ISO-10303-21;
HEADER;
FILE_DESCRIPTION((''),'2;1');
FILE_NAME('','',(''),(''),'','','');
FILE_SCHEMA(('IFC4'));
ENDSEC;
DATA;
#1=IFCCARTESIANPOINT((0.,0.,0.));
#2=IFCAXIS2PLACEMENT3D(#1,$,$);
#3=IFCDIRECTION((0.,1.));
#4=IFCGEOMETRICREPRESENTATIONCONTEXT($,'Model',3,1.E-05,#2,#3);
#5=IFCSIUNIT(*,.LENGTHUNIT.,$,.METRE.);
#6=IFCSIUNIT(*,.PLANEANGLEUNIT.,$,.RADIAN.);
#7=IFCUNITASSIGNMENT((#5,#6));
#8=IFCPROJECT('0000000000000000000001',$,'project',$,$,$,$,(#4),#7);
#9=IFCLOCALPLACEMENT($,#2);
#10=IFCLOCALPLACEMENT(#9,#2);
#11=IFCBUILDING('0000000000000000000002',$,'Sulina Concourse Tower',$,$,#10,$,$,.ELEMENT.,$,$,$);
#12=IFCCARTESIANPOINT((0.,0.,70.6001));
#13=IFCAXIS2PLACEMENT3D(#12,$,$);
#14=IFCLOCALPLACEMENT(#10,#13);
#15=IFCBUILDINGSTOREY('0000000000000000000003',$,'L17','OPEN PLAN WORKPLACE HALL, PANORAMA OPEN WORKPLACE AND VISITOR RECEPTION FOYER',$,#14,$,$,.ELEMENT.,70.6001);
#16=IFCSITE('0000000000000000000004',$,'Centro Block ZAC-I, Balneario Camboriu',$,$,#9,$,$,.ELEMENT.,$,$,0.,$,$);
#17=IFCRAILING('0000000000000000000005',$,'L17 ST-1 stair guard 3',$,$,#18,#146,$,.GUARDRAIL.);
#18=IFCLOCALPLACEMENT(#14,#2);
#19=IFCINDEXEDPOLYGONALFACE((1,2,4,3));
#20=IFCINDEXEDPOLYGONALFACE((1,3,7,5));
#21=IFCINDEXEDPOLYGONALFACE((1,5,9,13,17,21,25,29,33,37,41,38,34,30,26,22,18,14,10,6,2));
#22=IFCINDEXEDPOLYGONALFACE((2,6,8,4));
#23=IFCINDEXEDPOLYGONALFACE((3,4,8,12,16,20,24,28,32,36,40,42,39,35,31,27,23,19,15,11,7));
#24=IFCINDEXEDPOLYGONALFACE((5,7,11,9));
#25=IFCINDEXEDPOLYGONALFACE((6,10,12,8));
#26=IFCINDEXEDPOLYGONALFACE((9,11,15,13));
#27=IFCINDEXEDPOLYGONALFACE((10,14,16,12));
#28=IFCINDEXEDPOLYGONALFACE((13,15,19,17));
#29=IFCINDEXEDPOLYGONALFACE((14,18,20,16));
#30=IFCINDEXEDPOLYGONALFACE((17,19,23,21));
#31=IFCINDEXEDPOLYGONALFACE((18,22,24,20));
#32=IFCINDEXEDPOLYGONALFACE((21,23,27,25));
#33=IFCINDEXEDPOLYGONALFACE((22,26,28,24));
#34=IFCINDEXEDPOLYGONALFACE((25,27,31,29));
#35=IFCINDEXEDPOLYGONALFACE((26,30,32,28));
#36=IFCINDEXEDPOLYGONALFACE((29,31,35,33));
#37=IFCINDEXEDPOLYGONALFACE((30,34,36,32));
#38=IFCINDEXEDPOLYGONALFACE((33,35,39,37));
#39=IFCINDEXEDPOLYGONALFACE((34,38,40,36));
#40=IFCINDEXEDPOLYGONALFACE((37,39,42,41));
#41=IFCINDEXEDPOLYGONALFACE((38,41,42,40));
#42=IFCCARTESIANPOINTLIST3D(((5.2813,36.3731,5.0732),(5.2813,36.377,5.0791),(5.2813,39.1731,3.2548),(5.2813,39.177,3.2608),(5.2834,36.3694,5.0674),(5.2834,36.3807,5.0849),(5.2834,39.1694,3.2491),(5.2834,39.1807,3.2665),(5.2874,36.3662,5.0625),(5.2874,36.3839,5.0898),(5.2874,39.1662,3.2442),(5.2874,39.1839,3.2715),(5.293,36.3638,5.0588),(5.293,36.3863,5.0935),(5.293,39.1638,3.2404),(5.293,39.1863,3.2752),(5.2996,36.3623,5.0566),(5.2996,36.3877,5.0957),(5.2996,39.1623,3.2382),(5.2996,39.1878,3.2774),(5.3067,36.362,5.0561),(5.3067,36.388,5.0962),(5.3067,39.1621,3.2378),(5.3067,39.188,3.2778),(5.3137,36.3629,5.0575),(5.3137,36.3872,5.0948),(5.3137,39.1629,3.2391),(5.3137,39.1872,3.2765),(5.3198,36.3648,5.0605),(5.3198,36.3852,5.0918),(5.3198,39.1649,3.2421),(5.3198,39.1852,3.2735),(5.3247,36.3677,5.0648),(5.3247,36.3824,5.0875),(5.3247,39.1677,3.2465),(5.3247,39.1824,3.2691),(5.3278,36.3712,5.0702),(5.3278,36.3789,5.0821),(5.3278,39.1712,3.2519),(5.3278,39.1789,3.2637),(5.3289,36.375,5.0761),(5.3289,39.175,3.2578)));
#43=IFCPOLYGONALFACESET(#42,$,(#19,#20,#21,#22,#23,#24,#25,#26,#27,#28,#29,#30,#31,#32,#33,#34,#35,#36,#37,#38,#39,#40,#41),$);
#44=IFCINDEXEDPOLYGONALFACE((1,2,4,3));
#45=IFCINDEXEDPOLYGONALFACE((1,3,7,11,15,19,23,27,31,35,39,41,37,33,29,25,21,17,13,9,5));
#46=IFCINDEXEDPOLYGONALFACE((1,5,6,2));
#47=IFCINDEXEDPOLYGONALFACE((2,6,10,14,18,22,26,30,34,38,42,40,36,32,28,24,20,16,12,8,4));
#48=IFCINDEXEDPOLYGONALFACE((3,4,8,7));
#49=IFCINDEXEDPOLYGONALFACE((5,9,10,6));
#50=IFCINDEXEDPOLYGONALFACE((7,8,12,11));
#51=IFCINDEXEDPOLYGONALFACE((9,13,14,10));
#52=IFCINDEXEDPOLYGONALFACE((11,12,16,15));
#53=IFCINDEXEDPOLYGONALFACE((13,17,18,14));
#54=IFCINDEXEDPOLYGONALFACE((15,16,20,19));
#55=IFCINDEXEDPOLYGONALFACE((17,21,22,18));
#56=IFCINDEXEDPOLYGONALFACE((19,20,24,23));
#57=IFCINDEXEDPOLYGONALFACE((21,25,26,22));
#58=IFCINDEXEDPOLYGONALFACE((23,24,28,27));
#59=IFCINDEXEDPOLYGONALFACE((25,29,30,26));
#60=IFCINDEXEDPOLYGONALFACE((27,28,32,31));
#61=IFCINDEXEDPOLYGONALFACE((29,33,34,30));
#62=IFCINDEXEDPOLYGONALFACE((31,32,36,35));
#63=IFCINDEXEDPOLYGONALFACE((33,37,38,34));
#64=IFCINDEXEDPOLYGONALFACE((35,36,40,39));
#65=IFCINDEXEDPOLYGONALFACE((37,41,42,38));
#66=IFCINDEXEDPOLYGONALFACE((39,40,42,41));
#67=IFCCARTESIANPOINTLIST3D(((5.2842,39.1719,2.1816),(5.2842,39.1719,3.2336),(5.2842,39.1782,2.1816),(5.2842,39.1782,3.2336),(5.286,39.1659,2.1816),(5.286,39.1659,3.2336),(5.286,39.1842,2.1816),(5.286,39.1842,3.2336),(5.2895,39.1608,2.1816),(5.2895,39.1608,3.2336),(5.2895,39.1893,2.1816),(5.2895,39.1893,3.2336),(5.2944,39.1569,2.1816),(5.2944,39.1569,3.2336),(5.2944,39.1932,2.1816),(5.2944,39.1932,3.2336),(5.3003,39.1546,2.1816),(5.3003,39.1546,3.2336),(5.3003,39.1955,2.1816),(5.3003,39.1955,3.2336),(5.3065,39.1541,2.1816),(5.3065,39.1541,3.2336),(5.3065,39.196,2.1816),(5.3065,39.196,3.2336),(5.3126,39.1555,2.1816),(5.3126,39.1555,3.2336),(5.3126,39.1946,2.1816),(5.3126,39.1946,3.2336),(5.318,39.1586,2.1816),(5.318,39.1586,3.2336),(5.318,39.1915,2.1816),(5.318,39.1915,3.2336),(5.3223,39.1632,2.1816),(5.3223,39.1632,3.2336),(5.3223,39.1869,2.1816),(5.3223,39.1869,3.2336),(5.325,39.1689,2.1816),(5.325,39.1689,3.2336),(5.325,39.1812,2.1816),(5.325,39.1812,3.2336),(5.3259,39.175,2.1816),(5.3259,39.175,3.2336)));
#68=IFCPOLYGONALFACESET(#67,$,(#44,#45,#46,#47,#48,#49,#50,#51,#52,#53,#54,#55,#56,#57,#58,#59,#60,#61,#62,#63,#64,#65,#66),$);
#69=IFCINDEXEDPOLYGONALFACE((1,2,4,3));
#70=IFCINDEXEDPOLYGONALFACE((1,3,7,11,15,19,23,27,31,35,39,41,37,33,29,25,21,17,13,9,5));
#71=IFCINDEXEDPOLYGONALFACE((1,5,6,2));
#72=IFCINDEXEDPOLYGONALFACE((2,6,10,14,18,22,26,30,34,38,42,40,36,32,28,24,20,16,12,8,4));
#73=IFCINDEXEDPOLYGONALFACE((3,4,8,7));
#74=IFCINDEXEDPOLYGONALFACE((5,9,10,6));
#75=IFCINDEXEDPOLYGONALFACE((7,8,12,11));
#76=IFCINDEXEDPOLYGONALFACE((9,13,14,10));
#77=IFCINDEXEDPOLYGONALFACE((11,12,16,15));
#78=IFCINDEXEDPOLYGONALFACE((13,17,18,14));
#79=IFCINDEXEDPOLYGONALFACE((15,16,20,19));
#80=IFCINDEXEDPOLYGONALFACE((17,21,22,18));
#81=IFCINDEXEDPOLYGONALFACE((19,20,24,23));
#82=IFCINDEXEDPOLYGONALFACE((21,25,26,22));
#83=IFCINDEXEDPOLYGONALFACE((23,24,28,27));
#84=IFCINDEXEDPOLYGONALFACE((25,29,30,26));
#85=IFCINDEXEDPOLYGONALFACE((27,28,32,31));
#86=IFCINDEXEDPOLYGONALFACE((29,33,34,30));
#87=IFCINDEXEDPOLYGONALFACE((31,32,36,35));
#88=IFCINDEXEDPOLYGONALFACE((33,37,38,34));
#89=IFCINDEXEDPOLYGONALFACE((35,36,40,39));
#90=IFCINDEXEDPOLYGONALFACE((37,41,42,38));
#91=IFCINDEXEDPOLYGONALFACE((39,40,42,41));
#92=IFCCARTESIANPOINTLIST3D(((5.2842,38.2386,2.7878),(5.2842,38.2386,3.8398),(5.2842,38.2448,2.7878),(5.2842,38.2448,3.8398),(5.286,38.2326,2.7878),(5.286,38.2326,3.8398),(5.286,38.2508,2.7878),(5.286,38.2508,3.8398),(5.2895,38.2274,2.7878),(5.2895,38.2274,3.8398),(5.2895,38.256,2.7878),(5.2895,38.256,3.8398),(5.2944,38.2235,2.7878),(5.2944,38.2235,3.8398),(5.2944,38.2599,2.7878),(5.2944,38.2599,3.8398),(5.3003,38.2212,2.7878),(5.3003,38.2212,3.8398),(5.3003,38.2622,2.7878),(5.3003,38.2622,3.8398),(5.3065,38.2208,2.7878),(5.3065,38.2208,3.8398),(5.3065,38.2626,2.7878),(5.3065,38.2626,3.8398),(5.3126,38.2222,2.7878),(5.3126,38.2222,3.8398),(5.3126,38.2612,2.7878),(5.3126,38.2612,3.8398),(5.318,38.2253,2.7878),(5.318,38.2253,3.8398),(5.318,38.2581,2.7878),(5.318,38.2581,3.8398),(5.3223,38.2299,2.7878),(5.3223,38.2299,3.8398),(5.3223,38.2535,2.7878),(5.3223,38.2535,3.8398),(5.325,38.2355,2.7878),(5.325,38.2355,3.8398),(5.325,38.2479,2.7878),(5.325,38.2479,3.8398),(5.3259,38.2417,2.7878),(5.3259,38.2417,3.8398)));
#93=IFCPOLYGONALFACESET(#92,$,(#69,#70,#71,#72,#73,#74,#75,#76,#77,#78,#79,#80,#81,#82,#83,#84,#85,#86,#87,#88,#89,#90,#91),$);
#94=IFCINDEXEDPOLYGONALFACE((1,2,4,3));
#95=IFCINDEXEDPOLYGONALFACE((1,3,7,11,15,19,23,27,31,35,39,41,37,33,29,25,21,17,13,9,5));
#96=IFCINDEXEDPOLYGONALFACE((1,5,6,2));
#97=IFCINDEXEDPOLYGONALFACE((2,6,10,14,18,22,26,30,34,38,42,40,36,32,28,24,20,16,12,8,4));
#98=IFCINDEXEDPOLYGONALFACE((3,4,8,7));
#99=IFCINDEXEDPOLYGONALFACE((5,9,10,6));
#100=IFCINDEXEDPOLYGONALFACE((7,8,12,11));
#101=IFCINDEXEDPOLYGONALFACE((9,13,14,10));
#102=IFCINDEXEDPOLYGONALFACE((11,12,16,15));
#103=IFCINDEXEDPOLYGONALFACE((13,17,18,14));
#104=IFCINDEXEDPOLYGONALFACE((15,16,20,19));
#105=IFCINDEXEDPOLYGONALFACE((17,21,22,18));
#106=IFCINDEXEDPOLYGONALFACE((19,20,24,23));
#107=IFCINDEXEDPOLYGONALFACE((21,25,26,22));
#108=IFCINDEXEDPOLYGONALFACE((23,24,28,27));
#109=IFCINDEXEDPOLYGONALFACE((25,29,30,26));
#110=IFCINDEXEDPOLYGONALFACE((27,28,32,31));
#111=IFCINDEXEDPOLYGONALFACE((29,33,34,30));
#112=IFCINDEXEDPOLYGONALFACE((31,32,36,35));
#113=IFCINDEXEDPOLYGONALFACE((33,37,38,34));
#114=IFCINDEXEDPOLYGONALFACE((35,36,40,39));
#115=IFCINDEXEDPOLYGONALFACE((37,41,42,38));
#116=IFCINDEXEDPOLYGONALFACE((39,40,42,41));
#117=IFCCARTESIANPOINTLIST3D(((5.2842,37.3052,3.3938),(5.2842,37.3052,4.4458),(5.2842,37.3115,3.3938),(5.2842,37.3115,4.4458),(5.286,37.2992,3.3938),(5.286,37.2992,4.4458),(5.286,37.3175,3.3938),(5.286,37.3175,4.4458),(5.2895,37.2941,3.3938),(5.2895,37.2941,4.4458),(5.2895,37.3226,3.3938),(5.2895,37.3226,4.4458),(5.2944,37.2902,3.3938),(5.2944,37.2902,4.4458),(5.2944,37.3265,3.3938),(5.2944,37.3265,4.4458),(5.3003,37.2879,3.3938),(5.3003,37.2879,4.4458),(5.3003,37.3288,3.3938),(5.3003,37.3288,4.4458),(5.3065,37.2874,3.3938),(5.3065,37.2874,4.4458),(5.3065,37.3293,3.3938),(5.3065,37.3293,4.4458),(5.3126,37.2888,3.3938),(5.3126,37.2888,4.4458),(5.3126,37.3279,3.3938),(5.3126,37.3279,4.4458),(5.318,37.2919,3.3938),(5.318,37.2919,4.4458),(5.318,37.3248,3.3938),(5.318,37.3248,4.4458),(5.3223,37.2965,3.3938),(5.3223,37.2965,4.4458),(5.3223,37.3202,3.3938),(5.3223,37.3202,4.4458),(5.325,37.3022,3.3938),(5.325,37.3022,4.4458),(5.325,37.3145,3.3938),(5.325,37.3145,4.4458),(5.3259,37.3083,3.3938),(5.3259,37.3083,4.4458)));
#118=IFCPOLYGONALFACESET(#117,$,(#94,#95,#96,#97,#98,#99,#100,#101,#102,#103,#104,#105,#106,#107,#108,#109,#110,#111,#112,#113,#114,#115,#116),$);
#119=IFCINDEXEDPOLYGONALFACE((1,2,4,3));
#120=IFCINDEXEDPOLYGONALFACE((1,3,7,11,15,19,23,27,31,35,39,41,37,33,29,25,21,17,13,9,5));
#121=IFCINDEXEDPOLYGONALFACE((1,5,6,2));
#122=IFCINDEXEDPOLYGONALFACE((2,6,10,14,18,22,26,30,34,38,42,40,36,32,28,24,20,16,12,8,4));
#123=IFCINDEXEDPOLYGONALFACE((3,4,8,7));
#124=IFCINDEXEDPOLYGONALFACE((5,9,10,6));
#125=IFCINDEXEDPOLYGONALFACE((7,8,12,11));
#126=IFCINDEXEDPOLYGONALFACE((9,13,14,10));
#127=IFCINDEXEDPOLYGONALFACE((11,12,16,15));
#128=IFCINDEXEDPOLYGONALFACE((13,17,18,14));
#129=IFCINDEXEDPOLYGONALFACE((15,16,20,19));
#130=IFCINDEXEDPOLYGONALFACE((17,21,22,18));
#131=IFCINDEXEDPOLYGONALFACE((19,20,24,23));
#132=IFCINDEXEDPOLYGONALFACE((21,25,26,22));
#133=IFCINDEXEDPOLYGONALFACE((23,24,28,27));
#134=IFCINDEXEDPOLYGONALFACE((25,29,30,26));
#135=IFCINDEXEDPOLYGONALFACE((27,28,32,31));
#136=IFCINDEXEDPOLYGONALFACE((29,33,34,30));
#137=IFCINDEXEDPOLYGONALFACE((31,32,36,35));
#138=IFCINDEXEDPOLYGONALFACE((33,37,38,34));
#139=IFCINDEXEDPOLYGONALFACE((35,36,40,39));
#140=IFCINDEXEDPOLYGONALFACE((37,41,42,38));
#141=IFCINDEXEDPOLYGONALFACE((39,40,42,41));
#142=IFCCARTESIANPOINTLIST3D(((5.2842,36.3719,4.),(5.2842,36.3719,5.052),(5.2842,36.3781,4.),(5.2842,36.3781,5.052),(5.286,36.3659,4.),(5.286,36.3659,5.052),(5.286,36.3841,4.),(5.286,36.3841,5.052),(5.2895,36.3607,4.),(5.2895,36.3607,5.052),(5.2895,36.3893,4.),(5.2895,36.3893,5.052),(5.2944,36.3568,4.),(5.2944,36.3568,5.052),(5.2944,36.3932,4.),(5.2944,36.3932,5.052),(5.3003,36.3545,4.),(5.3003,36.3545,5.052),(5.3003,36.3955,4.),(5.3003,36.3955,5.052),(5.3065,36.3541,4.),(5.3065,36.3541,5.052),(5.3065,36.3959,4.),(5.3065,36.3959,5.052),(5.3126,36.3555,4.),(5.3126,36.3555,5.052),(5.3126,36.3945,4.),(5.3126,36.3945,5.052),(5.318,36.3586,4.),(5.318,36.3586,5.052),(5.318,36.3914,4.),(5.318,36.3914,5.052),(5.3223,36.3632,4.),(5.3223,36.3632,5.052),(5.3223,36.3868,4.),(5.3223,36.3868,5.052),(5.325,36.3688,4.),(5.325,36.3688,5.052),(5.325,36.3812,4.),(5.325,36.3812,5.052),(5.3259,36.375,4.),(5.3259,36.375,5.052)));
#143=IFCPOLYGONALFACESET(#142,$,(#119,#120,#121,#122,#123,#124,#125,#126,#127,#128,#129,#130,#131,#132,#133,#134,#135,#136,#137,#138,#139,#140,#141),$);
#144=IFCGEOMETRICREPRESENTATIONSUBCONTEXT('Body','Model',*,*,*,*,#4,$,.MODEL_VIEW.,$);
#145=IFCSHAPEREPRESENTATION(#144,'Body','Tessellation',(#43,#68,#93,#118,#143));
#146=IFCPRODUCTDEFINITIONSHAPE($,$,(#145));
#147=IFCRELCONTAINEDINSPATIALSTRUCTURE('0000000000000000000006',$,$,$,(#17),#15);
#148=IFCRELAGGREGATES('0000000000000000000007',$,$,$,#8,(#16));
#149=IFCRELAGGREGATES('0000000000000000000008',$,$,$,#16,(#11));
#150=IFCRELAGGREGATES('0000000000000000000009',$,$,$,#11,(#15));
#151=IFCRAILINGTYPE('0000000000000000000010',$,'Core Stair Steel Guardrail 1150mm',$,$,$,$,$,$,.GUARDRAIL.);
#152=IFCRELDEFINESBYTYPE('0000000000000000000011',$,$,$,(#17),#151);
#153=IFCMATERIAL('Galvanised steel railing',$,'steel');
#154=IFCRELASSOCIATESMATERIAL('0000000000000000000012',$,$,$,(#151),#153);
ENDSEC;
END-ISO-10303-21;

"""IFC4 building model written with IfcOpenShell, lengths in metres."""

from ifc_helpers import new_model, si_unit, direction, frame, origin, origin_2d, place, context, subcontext, project, spatial, circle, extrude, material, type_object, element, save


model = new_model("IFC4")

# Units and contexts
model_context = context("Model", 3, precision=1e-05, world=origin(), true_north=direction((0.0, 1.0)))
body_context = subcontext(model_context, "Body", "Model", "MODEL_VIEW")
ifc_project = project(units=[si_unit("LENGTHUNIT", "METRE"), si_unit("PLANEANGLEUNIT", "RADIAN")], contexts=[model_context])

# Site, building, storey
site_placement = place(None, origin())
site = spatial("IfcSite", under=ifc_project, at=site_placement, Name="Centro Block ZAC-I, Balneario Camboriu", CompositionType="ELEMENT", RefElevation=0.0)
building_placement = place(site_placement, origin())
building = spatial("IfcBuilding", under=site, at=building_placement, Name="Sulina Concourse Tower", CompositionType="ELEMENT")
storey_placement = place(building_placement, frame((0.0, 0.0, 70.6001)))
storey = spatial("IfcBuildingStorey", under=building, at=storey_placement, Name="L17", Description="OPEN PLAN WORKPLACE HALL, PANORAMA OPEN WORKPLACE AND VISITOR RECEPTION FOYER", CompositionType="ELEMENT", Elevation=70.6001)

# Railing
ifc_material_1 = material(Name="Galvanised steel railing", Category="steel")
railing_type_1 = type_object("IfcRailingType", Name="Core Stair Steel Guardrail 1150mm", PredefinedType="GUARDRAIL", material=ifc_material_1)
railing_1_placement = place(storey_placement, frame((5.3049, 39.175, 2.1816)))
element("IfcRailing", 1, at=railing_1_placement, inside=storey, type_object=railing_type_1, Name="L17 ST-1 stair guard 3", PredefinedType="GUARDRAIL", context=body_context, shape_type="SweptSolid", body=[
    extrude(circle(Radius=0.0239, at=origin_2d()), frame((0.0, 0.0, 1.0762), z_axis=(0.0, -0.838672, 0.544636), x_axis=(1.0, 0.0, 0.0)), (0.0, 0.0, 1.0), 3.3386),
    extrude(circle(Radius=0.021, at=origin_2d()), origin(), (0.0, 0.0, 1.0), 1.052),
    extrude(circle(Radius=0.021, at=origin_2d()), frame((0.0, -0.9333, 0.6062)), (0.0, 0.0, 1.0), 1.052),
    extrude(circle(Radius=0.021, at=origin_2d()), frame((0.0, -1.8667, 1.2122)), (0.0, 0.0, 1.0), 1.052),
    extrude(circle(Radius=0.021, at=origin_2d()), frame((0.0, -2.8, 1.8184)), (0.0, 0.0, 1.0), 1.052),
])

save(model, "model.ifc")
